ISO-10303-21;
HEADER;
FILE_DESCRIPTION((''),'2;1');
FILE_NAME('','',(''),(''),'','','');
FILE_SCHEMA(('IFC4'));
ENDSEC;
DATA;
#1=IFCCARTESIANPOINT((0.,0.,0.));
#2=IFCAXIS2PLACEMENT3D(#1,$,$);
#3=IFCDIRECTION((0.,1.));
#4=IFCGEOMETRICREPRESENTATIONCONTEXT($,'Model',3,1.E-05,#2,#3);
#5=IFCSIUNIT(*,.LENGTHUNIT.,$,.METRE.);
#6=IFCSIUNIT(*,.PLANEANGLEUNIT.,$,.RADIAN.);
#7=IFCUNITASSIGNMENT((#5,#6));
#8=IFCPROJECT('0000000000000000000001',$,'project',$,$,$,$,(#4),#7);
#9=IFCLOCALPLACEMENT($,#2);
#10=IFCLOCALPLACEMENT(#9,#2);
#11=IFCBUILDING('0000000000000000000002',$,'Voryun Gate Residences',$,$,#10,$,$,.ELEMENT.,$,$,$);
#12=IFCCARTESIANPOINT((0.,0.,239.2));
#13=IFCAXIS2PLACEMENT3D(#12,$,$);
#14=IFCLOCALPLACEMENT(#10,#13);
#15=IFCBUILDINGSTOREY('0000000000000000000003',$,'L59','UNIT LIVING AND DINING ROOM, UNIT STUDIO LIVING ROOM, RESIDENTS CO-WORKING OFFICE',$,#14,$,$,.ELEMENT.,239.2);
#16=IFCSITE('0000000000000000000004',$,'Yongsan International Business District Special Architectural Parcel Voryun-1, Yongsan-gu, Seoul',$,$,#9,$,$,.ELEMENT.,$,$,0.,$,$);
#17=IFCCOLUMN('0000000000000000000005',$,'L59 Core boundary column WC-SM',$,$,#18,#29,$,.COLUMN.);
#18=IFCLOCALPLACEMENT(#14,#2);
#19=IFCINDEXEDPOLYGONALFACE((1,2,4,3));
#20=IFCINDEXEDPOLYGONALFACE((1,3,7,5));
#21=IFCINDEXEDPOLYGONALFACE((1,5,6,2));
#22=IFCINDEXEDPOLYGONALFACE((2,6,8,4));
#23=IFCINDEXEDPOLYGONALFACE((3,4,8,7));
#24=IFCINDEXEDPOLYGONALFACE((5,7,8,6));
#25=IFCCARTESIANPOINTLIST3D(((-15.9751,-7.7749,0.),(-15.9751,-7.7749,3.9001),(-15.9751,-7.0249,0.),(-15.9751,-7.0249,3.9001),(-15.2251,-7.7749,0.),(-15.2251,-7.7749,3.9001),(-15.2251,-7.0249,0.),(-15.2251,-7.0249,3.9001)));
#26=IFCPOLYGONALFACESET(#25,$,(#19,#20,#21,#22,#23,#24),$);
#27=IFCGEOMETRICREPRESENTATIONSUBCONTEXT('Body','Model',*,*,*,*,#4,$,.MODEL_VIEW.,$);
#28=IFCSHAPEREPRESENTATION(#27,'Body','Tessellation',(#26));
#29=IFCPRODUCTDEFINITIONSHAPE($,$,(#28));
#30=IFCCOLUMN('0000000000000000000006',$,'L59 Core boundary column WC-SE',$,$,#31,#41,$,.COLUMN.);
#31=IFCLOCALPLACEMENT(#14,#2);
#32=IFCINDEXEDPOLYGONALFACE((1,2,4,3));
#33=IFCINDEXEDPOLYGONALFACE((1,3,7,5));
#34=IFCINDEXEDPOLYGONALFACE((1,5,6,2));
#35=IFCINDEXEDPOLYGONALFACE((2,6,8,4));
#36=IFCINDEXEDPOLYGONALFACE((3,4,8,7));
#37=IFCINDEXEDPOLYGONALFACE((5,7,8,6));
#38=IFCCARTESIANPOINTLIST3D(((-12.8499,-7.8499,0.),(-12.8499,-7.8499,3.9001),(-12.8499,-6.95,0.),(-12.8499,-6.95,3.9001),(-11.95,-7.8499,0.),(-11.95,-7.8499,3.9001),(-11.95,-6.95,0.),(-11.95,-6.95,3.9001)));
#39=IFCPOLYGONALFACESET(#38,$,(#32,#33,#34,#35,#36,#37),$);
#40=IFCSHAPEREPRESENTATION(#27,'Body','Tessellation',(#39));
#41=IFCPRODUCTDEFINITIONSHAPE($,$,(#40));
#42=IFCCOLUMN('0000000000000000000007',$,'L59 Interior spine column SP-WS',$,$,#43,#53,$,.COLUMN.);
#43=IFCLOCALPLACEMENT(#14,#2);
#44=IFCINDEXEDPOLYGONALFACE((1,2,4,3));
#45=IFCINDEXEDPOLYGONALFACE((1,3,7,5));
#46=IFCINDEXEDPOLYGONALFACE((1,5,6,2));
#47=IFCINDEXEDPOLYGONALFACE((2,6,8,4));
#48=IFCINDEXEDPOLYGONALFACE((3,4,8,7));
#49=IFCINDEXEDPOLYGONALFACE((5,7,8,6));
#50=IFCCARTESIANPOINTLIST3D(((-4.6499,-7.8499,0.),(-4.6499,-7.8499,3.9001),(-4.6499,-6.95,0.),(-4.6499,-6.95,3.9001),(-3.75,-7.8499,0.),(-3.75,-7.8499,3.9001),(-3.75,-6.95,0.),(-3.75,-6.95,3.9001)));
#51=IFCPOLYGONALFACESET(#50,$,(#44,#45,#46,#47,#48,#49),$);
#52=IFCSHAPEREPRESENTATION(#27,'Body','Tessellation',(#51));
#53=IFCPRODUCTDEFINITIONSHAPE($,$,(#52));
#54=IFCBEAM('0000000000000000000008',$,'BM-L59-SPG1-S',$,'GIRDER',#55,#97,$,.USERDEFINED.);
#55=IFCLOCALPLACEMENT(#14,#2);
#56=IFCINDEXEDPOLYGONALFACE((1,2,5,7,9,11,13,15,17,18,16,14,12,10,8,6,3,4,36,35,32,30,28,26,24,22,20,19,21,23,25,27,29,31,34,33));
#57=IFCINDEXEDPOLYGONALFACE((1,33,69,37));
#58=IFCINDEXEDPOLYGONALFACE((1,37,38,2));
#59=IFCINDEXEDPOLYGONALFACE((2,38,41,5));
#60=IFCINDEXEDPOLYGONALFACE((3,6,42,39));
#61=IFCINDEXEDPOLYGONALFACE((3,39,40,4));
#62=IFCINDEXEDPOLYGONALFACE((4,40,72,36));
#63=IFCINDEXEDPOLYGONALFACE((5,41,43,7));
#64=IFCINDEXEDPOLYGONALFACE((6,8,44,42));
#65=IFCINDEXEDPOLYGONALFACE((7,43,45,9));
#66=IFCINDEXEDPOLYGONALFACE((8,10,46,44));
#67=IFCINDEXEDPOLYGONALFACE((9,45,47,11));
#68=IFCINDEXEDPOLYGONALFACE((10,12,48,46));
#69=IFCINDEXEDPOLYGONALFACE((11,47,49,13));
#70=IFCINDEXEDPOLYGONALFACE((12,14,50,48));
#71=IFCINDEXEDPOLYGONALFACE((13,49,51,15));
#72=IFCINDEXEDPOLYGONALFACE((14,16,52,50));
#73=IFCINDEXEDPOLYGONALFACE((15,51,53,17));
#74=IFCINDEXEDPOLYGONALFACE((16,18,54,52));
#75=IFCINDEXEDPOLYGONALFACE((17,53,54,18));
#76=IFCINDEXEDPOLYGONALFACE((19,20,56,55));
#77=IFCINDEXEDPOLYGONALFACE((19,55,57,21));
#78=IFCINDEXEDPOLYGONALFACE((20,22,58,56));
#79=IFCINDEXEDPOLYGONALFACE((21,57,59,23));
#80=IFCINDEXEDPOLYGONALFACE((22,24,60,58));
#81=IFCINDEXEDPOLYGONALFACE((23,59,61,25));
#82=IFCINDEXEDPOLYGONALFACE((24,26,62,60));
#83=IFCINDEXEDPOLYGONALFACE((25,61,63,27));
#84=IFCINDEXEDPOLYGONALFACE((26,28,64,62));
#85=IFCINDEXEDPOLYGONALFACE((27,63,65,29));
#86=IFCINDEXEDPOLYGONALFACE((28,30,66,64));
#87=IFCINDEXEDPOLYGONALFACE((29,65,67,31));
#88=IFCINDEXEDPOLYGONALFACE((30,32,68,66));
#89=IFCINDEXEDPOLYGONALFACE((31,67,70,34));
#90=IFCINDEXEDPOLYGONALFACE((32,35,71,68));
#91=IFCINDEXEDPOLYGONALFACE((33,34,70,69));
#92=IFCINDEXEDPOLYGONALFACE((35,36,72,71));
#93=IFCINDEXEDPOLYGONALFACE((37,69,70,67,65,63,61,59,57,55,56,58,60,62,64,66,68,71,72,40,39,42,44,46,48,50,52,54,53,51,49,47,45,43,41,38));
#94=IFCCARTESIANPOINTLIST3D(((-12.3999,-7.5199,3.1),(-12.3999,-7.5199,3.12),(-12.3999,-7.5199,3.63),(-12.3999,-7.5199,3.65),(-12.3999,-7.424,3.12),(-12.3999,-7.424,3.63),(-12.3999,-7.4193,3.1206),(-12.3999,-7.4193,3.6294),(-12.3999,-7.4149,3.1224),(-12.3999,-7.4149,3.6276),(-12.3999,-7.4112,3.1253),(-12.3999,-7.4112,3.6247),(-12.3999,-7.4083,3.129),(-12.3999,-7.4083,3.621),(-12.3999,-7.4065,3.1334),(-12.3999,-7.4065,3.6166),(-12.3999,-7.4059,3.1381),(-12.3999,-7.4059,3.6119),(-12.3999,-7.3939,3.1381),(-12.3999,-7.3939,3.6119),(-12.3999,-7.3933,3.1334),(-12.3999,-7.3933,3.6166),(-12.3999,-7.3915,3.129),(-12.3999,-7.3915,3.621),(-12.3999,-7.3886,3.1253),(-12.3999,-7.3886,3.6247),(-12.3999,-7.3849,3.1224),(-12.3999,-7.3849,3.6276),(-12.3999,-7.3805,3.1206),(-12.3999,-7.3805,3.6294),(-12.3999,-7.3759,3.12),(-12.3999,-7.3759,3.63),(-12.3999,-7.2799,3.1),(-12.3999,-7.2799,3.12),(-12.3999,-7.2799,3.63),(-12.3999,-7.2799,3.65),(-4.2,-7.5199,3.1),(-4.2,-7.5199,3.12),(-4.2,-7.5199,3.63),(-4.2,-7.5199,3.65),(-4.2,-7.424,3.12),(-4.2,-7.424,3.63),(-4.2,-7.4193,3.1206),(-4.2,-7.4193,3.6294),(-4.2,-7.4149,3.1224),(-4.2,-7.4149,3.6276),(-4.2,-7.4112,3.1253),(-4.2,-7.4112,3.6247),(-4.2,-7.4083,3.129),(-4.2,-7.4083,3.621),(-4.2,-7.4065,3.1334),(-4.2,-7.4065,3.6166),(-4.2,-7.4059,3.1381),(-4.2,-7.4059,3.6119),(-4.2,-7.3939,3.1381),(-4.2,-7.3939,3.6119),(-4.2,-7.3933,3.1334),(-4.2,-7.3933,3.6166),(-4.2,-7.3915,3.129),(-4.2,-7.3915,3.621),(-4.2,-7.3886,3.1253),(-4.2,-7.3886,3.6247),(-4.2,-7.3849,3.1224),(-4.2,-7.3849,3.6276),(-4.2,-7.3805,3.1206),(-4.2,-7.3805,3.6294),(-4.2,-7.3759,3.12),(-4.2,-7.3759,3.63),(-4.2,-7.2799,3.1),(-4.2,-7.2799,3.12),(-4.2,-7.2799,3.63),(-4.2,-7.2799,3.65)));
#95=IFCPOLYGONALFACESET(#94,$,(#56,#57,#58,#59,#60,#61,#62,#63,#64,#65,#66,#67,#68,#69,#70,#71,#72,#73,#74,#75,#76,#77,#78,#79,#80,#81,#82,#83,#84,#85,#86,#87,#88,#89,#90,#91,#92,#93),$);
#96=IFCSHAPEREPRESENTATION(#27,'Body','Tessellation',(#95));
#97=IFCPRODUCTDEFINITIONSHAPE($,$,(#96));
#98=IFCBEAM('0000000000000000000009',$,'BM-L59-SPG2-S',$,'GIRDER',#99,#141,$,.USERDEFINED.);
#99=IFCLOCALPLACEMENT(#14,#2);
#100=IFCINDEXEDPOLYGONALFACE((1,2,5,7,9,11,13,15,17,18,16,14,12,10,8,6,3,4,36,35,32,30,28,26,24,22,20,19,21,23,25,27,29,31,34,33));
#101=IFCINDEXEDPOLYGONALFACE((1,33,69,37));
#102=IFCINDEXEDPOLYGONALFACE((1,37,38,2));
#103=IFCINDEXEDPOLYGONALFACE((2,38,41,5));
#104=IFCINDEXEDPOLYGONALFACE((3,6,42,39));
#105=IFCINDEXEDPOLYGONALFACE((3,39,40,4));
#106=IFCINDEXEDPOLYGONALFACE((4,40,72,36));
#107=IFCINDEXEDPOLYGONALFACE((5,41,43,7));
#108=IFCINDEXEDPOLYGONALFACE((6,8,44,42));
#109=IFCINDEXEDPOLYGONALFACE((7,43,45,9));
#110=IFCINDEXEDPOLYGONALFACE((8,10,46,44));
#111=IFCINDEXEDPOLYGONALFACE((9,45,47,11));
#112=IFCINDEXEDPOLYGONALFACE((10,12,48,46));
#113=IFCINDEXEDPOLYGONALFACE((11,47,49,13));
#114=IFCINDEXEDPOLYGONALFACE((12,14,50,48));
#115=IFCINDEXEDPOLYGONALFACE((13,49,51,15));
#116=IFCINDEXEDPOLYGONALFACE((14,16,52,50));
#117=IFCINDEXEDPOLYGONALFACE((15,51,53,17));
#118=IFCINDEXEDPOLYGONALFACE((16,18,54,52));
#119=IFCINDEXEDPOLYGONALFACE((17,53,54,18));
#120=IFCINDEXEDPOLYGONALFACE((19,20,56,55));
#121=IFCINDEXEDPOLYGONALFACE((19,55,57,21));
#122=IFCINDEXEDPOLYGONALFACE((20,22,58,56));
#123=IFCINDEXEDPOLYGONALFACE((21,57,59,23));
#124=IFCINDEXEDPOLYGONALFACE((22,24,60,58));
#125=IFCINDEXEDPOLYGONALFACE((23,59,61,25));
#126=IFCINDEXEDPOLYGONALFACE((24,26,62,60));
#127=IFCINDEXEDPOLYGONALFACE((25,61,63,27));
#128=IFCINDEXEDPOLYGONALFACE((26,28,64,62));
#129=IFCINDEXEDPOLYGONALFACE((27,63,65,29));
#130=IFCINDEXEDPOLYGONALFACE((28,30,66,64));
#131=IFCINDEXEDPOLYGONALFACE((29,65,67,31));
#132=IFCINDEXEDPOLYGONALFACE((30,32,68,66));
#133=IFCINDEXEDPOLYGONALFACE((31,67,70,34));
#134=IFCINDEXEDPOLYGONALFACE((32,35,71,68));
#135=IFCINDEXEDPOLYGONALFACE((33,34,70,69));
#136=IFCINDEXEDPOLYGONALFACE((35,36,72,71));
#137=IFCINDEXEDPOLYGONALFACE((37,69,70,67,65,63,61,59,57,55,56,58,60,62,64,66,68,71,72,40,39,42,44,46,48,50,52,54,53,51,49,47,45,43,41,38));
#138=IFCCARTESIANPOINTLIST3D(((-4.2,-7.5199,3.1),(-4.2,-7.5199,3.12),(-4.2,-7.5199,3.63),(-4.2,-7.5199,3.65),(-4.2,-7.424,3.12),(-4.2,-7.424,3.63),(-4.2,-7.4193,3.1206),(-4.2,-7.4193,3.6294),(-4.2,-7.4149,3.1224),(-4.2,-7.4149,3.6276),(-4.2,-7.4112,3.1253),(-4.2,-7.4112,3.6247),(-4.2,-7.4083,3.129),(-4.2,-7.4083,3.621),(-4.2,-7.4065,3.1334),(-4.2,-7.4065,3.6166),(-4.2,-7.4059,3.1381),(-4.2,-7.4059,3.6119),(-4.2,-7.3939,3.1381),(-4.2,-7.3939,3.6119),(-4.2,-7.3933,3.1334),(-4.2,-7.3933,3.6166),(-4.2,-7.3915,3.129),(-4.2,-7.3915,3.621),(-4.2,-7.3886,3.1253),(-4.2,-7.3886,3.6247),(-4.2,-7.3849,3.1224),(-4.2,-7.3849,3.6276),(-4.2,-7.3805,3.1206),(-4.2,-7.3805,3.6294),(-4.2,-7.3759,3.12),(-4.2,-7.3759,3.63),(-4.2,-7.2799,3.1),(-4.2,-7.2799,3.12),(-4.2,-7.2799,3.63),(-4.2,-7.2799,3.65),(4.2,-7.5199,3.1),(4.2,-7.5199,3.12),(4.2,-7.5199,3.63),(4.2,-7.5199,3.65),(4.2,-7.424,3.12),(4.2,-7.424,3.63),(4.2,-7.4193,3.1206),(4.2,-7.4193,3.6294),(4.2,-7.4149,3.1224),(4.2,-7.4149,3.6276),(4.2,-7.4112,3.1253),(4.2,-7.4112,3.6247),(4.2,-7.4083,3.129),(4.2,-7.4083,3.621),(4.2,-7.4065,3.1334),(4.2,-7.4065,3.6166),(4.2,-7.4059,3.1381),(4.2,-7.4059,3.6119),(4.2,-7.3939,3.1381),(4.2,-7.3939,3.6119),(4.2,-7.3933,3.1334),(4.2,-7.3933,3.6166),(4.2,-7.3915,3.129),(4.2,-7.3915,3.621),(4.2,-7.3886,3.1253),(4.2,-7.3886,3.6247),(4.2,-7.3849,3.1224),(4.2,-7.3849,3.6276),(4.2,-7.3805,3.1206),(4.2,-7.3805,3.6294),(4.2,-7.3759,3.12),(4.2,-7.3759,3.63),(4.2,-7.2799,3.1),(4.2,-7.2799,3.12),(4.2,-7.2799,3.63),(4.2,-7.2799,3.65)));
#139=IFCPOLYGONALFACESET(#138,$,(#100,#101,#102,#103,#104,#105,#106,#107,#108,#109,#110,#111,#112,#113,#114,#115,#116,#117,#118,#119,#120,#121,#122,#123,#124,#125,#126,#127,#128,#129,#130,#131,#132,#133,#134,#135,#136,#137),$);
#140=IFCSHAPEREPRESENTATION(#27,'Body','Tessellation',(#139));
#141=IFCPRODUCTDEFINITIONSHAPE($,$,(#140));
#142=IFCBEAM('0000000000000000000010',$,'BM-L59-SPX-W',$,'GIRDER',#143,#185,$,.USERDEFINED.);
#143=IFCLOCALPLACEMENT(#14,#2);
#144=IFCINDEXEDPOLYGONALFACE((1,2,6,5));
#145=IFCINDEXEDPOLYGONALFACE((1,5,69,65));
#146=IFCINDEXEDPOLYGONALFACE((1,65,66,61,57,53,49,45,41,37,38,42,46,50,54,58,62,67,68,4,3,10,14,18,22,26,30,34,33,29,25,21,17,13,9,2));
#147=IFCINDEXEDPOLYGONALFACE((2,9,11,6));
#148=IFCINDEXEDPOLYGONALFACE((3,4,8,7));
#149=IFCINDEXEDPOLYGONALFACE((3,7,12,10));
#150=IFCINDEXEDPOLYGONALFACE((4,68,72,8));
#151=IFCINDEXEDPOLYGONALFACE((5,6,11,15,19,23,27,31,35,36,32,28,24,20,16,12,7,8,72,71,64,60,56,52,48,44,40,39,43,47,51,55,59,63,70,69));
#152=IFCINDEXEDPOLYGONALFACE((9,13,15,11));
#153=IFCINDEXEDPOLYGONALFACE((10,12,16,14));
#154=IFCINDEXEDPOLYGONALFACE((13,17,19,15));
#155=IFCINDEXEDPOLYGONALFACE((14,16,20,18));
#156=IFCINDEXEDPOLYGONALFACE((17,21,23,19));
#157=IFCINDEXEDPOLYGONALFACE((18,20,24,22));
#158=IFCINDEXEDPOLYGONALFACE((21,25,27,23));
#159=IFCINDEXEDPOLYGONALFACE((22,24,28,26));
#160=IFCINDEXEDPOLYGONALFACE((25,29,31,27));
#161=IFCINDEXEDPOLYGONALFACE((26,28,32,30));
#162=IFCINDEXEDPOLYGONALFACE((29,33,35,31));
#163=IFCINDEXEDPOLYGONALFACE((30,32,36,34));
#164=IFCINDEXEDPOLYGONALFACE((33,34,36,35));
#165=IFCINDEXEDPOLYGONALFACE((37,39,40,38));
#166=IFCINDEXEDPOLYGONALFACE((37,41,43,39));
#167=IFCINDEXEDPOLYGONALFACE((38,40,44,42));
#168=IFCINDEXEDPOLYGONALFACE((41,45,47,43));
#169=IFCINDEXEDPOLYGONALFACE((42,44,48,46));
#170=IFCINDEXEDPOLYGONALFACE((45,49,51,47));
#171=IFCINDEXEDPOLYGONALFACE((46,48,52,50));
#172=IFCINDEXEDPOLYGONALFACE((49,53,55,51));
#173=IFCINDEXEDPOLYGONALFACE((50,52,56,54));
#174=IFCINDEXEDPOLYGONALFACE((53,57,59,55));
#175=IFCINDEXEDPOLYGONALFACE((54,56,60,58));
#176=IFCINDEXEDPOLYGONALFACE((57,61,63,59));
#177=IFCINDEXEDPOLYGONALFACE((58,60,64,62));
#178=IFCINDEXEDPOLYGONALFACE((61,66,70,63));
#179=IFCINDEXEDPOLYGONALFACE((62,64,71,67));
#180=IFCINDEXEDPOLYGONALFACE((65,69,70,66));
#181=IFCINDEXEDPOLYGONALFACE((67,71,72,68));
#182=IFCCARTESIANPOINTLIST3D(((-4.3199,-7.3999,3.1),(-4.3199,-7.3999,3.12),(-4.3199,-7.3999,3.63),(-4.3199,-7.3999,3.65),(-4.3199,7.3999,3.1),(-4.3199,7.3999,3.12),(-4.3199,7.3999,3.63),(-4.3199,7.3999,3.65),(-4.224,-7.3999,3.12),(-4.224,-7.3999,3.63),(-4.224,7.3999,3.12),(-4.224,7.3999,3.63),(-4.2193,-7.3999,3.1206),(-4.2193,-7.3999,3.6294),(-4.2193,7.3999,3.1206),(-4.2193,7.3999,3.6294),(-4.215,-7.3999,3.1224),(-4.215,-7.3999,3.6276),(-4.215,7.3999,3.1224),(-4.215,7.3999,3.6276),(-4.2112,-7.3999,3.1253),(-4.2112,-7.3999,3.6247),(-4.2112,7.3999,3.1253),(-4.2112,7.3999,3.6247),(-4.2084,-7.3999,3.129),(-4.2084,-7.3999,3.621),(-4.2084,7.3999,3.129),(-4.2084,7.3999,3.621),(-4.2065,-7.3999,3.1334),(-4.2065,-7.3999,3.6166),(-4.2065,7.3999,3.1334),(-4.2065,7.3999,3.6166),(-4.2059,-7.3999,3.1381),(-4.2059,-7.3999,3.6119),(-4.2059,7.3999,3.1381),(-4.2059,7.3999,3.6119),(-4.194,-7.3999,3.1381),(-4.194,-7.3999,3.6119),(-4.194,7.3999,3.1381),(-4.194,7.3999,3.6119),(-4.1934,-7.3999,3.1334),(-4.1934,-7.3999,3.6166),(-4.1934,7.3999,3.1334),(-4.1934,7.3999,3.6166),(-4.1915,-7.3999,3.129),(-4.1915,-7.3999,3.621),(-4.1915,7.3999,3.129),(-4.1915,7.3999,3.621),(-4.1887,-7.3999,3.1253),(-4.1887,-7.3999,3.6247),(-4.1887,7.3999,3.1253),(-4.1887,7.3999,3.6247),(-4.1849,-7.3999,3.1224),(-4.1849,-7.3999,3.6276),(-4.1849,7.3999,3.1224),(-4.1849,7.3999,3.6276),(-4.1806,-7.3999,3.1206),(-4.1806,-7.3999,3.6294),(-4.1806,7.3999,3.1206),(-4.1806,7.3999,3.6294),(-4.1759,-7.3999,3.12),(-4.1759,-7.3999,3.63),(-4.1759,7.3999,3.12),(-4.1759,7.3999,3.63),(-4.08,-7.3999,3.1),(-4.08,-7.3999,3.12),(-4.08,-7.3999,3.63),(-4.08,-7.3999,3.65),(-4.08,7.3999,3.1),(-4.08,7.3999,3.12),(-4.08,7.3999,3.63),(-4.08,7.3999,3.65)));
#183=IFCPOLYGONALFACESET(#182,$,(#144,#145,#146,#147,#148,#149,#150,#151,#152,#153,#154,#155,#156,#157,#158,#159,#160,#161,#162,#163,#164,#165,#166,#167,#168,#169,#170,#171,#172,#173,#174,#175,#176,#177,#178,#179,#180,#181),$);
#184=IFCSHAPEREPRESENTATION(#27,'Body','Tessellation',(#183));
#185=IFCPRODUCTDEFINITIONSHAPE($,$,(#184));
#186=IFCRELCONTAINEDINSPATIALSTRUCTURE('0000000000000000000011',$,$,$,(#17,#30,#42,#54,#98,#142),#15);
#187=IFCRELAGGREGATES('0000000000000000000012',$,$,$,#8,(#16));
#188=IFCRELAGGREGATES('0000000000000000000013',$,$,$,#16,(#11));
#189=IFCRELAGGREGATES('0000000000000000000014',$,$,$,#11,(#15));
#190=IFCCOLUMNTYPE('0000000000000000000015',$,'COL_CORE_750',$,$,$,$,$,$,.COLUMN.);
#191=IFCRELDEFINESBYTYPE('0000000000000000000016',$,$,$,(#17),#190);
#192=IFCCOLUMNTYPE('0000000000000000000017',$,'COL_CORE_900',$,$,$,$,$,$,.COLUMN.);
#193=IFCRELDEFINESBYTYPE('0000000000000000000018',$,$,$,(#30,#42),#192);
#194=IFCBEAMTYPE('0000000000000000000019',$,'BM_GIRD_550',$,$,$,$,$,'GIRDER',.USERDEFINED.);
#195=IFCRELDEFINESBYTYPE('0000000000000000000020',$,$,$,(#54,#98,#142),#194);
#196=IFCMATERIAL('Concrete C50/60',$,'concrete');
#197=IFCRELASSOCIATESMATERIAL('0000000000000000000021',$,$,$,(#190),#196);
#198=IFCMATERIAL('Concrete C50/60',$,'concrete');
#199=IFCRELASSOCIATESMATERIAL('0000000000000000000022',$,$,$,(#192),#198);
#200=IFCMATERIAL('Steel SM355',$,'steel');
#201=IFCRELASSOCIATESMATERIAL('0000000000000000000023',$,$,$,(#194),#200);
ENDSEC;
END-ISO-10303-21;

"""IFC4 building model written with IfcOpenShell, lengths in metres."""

from ifc_helpers import new_model, si_unit, direction, frame, origin, origin_2d, place, context, subcontext, project, spatial, rectangle, i_section, extrude, material, material_profile, profile_set, type_object, element, save


model = new_model("IFC4")

# Units and contexts
model_context = context("Model", 3, precision=1e-05, world=origin(), true_north=direction((0.0, 1.0)))
body_context = subcontext(model_context, "Body", "Model", "MODEL_VIEW")
ifc_project = project(units=[si_unit("LENGTHUNIT", "METRE"), si_unit("PLANEANGLEUNIT", "RADIAN")], contexts=[model_context])

# Site, building, storey
site_placement = place(None, origin())
site = spatial("IfcSite", under=ifc_project, at=site_placement, Name="Yongsan International Business District Special Architectural Parcel Voryun-1, Yongsan-gu, Seoul", CompositionType="ELEMENT", RefElevation=0.0)
building_placement = place(site_placement, origin())
building = spatial("IfcBuilding", under=site, at=building_placement, Name="Voryun Gate Residences", CompositionType="ELEMENT")
storey_placement = place(building_placement, frame((0.0, 0.0, 239.2)))
storey = spatial("IfcBuildingStorey", under=building, at=storey_placement, Name="L59", Description="UNIT LIVING AND DINING ROOM, UNIT STUDIO LIVING ROOM, RESIDENTS CO-WORKING OFFICE", CompositionType="ELEMENT", Elevation=239.2)

# Columns
ifc_material_1 = material(Name="Concrete C50/60", Category="concrete")
ifc_material_profile_1 = material_profile(ifc_material_1, rectangle(XDim=0.75, YDim=0.75, at=origin_2d()), Name="RC-750x750")
ifc_profile_set_1 = profile_set([ifc_material_profile_1], Name="Concrete C50/60")
column_type_1 = type_object("IfcColumnType", Name="COL_CORE_750", PredefinedType="COLUMN", material=ifc_profile_set_1)
column_placement = place(storey_placement, frame((-15.6001, -7.3999, 0.0), z_axis=(0.0, 0.0, 1.0), x_axis=(1.0, 0.0, 0.0)))
element("IfcColumn", 1, at=column_placement, inside=storey, type_object=column_type_1, Name="L59 Core boundary column WC-SM", PredefinedType="COLUMN", context=body_context, shape_type="SweptSolid", body=[
    extrude(rectangle(XDim=0.75, YDim=0.75, at=origin_2d()), origin(), (0.0, 0.0, 1.0), 3.9001),
])
ifc_material_2 = material(Name="Concrete C50/60", Category="concrete")
ifc_material_profile_2 = material_profile(ifc_material_2, rectangle(XDim=0.8999, YDim=0.8999, at=origin_2d()), Name="RC-900x900")
ifc_profile_set_2 = profile_set([ifc_material_profile_2], Name="Concrete C50/60")
column_type_2 = type_object("IfcColumnType", Name="COL_CORE_900", PredefinedType="COLUMN", material=ifc_profile_set_2)
for number, where, z_axis, x_axis, name in (
    (2, (-12.3999, -7.3999, 0.0), (0.0, 0.0, 1.0), (1.0, 0.0, 0.0), "L59 Core boundary column WC-SE"),
    (3, (-4.2, -7.3999, 0.0), (0.0, 0.0, 1.0), (1.0, 0.0, 0.0), "L59 Interior spine column SP-WS"),
):
    element("IfcColumn", number, at=place(storey_placement, frame(where, z_axis=z_axis, x_axis=x_axis)), inside=storey, type_object=column_type_2, Name=name, PredefinedType="COLUMN", context=body_context, shape_type="SweptSolid", body=[
        extrude(rectangle(XDim=0.8999, YDim=0.8999, at=origin_2d()), origin(), (0.0, 0.0, 1.0), 3.9001),
    ])

# Beams
ifc_material_3 = material(Name="Steel SM355", Category="steel")
ifc_material_profile_3 = material_profile(ifc_material_3, i_section(OverallWidth=0.24, OverallDepth=0.55, WebThickness=0.012, FlangeThickness=0.02, FilletRadius=0.0181, at=origin_2d()), Name="H-550x240x12x20")
ifc_profile_set_3 = profile_set([ifc_material_profile_3], Name="Steel SM355")
beam_type_1 = type_object("IfcBeamType", Name="BM_GIRD_550", ElementType="GIRDER", PredefinedType="USERDEFINED", material=ifc_profile_set_3)
beam_1_placement = place(storey_placement, frame((-12.3999, -7.3999, 3.375), z_axis=(1.0, 0.0, 0.0), x_axis=(0.0, 1.0, 0.0)))
element("IfcBeam", 4, at=beam_1_placement, inside=storey, type_object=beam_type_1, Name="BM-L59-SPG1-S", ObjectType="GIRDER", PredefinedType="USERDEFINED", context=body_context, shape_type="SweptSolid", body=[
    extrude(i_section(OverallWidth=0.24, OverallDepth=0.55, WebThickness=0.012, FlangeThickness=0.02, FilletRadius=0.0181, at=origin_2d()), origin(), (0.0, 0.0, 1.0), 8.2),
])
beam_2_placement = place(storey_placement, frame((-4.2, -7.3999, 3.375), z_axis=(1.0, 0.0, 0.0), x_axis=(0.0, 1.0, 0.0)))
element("IfcBeam", 5, at=beam_2_placement, inside=storey, type_object=beam_type_1, Name="BM-L59-SPG2-S", ObjectType="GIRDER", PredefinedType="USERDEFINED", context=body_context, shape_type="SweptSolid", body=[
    extrude(i_section(OverallWidth=0.24, OverallDepth=0.55, WebThickness=0.012, FlangeThickness=0.02, FilletRadius=0.0181, at=origin_2d()), origin(), (0.0, 0.0, 1.0), 8.3999),
])
beam_3_placement = place(storey_placement, frame((-4.2, -7.3999, 3.375), z_axis=(0.0, 1.0, 0.0), x_axis=(-1.0, 0.0, 0.0)))
element("IfcBeam", 6, at=beam_3_placement, inside=storey, type_object=beam_type_1, Name="BM-L59-SPX-W", ObjectType="GIRDER", PredefinedType="USERDEFINED", context=body_context, shape_type="SweptSolid", body=[
    extrude(i_section(OverallWidth=0.24, OverallDepth=0.55, WebThickness=0.012, FlangeThickness=0.02, FilletRadius=0.0181, at=origin_2d()), origin(), (0.0, 0.0, 1.0), 14.7998),
])

save(model, "model.ifc")
